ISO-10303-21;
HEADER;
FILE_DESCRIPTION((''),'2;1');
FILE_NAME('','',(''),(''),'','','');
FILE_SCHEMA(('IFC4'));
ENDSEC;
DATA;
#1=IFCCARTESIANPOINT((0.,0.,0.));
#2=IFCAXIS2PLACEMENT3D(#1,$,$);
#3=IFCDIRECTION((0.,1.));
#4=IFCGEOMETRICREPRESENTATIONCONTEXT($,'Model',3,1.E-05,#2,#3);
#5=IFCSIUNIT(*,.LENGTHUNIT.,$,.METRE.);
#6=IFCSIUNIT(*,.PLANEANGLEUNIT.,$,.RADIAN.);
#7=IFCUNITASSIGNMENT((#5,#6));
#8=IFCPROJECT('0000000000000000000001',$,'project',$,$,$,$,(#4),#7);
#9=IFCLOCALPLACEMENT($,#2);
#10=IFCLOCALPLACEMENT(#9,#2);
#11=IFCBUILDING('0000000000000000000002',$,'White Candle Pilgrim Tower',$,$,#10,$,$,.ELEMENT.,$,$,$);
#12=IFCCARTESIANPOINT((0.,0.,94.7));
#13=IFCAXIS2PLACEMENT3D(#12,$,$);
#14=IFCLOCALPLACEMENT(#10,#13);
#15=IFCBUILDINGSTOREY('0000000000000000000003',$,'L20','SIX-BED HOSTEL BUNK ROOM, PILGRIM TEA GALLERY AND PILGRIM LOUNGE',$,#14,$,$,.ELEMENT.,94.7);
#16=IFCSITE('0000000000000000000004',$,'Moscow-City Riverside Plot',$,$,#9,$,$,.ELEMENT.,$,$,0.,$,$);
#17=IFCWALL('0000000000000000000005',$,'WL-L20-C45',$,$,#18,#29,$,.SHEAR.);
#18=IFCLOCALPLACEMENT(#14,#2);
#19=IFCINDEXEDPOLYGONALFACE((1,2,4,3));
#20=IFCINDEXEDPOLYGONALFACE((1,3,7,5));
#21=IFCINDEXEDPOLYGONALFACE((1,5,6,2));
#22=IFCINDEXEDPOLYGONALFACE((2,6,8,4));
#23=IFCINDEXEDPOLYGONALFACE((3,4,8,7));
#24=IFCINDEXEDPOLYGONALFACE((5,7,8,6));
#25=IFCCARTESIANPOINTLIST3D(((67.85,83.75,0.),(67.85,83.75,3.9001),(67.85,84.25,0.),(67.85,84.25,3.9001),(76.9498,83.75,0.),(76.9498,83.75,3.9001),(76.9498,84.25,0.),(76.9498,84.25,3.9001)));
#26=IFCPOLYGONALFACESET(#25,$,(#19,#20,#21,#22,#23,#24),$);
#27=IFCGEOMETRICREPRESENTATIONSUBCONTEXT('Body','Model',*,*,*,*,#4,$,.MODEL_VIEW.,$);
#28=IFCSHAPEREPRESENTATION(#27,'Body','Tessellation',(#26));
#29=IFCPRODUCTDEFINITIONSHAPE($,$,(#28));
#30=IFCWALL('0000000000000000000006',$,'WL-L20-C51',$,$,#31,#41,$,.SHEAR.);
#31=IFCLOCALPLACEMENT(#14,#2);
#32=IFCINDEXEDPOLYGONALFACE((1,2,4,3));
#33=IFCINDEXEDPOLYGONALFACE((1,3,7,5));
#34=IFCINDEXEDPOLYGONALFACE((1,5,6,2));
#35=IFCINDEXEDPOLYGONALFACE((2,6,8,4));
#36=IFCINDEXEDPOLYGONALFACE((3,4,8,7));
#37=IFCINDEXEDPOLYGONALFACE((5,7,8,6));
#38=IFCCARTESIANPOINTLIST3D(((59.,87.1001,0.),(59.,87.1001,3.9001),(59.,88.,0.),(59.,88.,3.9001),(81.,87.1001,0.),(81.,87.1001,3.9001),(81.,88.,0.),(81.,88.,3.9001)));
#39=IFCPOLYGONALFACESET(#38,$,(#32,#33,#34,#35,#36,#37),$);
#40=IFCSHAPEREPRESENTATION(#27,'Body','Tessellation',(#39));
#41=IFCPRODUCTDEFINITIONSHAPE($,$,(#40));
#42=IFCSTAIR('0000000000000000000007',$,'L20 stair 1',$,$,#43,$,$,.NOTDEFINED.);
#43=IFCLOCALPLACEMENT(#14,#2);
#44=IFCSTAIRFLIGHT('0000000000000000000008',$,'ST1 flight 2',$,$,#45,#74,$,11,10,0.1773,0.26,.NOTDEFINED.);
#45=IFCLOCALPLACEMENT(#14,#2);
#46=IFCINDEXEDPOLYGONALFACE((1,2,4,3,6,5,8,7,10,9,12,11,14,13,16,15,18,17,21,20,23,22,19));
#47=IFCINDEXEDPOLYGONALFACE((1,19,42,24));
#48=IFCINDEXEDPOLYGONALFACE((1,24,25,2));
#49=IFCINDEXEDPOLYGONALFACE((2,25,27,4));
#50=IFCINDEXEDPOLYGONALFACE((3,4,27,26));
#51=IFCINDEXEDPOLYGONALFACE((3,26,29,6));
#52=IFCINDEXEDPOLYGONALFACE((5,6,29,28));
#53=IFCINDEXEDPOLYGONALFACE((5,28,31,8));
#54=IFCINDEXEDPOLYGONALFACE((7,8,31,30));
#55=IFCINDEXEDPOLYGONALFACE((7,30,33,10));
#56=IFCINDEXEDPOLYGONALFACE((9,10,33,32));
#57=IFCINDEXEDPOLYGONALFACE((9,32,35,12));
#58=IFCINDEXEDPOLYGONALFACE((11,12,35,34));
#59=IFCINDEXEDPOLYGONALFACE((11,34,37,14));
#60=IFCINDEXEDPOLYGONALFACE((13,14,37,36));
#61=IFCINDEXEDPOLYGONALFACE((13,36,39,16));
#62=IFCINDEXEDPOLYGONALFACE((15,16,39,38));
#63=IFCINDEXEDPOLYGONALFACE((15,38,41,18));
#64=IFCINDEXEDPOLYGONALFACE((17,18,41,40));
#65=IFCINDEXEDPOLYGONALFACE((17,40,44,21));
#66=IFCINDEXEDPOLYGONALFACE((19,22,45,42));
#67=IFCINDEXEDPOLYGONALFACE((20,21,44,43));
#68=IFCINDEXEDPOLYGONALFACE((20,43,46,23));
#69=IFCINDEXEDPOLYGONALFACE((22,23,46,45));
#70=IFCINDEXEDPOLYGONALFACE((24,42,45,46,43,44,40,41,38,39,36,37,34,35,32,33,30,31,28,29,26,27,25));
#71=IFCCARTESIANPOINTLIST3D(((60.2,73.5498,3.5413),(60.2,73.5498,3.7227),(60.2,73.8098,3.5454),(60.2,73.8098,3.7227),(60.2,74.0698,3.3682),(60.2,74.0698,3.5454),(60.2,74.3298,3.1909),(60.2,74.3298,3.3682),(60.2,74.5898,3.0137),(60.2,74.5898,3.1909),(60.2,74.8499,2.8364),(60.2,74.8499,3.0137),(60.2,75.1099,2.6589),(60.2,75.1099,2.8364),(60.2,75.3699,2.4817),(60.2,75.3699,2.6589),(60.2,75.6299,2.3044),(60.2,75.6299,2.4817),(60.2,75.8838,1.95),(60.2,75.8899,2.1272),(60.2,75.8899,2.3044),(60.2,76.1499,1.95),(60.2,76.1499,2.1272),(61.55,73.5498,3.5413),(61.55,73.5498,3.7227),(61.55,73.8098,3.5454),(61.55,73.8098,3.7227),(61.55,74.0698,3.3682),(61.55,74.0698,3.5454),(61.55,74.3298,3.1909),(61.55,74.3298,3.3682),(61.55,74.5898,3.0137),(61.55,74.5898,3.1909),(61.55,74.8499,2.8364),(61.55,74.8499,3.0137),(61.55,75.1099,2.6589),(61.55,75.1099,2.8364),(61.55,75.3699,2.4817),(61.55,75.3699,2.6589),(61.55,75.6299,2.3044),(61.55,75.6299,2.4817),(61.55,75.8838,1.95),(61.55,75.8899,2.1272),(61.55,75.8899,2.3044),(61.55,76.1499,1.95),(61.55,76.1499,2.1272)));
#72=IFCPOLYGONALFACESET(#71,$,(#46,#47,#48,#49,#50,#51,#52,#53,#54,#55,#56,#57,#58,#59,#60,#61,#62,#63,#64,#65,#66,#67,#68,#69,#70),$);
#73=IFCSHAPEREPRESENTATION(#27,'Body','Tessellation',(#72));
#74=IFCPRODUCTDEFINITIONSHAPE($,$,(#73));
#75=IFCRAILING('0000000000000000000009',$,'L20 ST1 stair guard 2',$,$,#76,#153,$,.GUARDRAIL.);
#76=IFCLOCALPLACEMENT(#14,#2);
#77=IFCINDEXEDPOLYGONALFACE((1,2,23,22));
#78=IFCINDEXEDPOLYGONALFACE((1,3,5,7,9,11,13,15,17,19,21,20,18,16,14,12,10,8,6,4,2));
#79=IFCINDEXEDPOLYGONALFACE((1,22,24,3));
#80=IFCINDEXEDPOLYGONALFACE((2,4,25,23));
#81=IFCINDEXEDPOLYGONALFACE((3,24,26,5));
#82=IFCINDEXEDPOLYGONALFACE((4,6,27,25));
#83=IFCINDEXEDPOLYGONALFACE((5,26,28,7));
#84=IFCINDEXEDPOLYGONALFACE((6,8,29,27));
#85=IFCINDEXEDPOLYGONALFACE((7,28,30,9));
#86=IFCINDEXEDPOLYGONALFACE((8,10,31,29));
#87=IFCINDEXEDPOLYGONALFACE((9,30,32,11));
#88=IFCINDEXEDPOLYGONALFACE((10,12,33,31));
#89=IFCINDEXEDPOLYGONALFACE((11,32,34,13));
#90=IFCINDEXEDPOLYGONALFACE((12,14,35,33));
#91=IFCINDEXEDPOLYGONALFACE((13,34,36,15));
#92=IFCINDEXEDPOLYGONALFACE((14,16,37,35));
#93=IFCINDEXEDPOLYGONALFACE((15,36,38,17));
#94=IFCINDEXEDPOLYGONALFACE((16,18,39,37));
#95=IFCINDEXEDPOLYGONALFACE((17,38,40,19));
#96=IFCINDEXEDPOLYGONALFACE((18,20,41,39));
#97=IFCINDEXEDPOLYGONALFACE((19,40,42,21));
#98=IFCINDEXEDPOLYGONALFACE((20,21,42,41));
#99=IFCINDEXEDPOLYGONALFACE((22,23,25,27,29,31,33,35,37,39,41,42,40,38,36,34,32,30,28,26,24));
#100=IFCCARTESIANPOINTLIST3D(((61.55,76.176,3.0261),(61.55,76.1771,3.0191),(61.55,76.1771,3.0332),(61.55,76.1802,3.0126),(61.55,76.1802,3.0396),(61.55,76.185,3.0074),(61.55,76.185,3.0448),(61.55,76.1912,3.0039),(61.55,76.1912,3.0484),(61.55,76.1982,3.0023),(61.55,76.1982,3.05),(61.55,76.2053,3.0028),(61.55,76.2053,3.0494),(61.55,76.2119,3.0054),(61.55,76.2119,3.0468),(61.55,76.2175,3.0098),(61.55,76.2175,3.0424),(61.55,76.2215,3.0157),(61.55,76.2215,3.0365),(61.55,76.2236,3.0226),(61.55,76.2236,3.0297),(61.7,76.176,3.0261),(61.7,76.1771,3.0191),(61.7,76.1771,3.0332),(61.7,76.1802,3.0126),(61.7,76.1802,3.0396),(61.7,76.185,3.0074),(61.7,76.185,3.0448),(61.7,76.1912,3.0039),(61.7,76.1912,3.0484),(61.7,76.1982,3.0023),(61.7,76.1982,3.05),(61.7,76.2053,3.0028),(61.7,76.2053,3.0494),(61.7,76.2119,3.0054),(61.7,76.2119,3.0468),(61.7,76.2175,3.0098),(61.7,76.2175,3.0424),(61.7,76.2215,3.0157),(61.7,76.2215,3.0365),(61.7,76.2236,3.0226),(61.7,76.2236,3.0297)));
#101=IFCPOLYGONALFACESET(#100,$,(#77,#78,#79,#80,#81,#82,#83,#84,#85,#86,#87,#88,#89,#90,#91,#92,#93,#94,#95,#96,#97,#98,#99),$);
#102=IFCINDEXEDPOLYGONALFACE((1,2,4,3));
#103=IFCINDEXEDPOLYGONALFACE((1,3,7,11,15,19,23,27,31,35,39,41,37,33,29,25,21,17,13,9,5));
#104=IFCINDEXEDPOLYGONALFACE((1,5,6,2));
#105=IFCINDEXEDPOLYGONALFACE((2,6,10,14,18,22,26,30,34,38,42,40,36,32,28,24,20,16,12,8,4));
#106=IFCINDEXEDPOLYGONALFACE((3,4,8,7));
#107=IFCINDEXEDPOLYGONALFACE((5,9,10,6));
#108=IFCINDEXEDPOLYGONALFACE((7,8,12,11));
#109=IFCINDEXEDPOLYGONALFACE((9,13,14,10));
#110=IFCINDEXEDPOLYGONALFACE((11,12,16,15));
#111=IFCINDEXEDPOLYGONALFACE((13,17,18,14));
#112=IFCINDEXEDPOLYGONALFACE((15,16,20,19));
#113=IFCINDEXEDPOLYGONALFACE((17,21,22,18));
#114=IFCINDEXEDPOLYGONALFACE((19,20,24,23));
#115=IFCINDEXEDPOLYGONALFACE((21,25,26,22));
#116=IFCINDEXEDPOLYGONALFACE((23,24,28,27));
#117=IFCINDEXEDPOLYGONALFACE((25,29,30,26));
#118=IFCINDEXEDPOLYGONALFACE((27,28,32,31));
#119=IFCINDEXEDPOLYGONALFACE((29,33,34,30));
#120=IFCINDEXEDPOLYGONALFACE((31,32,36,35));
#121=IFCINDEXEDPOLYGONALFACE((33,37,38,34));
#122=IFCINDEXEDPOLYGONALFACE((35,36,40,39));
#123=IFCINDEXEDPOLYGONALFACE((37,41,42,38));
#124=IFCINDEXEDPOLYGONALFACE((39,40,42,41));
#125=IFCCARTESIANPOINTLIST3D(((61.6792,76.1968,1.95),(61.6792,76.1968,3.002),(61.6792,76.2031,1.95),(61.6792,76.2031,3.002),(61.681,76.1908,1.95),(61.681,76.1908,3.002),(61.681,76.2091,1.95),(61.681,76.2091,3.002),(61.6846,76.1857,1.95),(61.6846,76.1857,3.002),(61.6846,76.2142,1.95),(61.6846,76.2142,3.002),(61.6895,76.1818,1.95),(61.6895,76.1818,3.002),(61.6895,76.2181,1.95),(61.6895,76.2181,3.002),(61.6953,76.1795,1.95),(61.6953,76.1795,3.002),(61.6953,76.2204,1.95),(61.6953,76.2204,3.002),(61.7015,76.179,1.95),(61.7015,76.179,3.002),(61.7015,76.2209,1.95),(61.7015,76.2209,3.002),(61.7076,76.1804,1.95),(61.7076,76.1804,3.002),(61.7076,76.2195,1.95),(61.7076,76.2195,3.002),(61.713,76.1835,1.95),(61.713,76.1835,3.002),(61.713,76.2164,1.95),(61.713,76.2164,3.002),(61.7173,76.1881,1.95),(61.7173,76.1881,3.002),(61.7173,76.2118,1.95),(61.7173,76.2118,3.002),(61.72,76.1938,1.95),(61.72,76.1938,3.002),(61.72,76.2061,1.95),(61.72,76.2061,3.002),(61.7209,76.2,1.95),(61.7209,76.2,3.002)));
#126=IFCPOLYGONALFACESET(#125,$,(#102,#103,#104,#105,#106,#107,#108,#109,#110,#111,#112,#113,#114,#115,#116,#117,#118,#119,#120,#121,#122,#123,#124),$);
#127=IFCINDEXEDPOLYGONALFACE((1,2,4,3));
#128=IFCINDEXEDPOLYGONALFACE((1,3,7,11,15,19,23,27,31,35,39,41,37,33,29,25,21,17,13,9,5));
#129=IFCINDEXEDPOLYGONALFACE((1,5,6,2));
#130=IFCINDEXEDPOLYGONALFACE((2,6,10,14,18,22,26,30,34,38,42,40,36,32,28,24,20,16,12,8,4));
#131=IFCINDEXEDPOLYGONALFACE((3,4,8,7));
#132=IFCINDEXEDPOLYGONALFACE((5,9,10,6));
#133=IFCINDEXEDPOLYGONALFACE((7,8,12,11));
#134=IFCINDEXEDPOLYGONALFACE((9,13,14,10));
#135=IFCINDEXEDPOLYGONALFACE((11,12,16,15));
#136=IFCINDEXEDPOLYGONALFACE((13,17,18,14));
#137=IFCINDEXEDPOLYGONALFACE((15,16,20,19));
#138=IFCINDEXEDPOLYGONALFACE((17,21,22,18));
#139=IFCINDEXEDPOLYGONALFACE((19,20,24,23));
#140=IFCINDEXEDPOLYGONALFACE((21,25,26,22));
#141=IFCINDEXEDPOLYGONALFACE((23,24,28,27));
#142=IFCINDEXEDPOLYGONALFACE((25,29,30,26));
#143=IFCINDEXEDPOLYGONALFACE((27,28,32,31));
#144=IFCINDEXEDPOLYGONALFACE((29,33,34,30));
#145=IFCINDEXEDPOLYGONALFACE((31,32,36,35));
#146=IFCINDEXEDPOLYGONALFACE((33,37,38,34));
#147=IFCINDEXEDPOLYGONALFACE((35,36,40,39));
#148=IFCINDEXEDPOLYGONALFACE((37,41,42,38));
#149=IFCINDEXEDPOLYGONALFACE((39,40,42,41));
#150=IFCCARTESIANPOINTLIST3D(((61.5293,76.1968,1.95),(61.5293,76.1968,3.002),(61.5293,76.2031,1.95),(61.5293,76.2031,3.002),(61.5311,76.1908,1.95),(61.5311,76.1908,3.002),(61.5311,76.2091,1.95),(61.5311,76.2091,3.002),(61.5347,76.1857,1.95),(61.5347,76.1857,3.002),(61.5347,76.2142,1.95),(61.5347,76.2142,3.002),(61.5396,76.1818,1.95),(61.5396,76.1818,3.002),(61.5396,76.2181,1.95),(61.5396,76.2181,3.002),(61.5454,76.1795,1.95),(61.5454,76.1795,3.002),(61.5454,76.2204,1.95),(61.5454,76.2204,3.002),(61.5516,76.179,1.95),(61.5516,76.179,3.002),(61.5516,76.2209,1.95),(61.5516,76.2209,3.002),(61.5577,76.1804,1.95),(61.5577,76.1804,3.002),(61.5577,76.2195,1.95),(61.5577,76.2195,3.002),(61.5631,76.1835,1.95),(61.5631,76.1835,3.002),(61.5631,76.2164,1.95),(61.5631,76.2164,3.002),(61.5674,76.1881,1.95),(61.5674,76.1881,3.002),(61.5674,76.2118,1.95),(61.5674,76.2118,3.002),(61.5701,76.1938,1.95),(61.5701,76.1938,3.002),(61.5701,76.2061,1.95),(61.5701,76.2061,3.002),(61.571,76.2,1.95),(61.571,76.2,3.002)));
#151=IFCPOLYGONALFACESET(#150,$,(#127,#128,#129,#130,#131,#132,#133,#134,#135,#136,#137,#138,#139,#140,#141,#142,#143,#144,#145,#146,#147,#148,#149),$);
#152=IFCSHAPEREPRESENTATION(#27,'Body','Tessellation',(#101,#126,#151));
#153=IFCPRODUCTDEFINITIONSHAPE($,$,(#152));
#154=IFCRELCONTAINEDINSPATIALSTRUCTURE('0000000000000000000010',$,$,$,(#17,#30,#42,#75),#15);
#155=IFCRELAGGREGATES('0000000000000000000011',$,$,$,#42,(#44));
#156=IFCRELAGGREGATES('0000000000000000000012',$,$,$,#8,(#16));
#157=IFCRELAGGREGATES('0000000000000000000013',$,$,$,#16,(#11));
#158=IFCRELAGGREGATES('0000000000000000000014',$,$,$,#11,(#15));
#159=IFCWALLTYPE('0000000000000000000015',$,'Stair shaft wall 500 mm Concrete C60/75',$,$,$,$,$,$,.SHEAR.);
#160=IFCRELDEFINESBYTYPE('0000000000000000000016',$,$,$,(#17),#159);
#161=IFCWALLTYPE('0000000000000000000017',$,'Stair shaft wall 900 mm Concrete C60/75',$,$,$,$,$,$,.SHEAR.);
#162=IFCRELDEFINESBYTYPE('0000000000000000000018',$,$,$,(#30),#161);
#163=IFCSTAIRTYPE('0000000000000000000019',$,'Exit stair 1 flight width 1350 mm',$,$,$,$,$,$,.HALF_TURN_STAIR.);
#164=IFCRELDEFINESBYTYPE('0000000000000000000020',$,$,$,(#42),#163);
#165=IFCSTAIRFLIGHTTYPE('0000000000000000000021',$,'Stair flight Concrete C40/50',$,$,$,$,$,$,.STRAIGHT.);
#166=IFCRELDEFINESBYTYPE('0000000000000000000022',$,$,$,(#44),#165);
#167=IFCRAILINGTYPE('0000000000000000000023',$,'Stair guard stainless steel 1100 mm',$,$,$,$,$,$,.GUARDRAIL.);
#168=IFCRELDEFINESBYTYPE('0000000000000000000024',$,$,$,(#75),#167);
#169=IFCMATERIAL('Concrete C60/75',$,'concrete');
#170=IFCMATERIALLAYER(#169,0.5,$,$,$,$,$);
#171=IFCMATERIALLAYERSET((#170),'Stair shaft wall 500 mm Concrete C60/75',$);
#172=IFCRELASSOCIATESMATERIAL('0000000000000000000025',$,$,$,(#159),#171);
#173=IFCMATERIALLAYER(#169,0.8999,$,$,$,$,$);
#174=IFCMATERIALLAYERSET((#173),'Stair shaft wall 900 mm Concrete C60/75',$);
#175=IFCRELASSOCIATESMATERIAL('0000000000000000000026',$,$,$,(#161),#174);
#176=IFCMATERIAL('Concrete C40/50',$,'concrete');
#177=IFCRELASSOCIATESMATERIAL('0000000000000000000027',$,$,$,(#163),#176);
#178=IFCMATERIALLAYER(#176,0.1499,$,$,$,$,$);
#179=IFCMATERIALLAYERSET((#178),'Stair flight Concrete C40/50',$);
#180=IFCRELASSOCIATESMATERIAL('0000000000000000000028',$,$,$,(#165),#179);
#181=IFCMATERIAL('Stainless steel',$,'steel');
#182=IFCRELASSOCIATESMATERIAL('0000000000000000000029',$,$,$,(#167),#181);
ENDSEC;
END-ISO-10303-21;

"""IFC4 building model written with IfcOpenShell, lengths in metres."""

from ifc_helpers import new_model, si_unit, direction, frame, frame_2d, origin, origin_2d, place, context, subcontext, project, spatial, polyline, rectangle, circle, outline, extrude, material, layer, layer_set, type_object, element, aggregate, save


model = new_model("IFC4")

# Units and contexts
model_context = context("Model", 3, precision=1e-05, world=origin(), true_north=direction((0.0, 1.0)))
body_context = subcontext(model_context, "Body", "Model", "MODEL_VIEW")
ifc_project = project(units=[si_unit("LENGTHUNIT", "METRE"), si_unit("PLANEANGLEUNIT", "RADIAN")], contexts=[model_context])

# Site, building, storey
site_placement = place(None, origin())
site = spatial("IfcSite", under=ifc_project, at=site_placement, Name="Moscow-City Riverside Plot", CompositionType="ELEMENT", RefElevation=0.0)
building_placement = place(site_placement, origin())
building = spatial("IfcBuilding", under=site, at=building_placement, Name="White Candle Pilgrim Tower", CompositionType="ELEMENT")
storey_placement = place(building_placement, frame((0.0, 0.0, 94.7)))
storey = spatial("IfcBuildingStorey", under=building, at=storey_placement, Name="L20", Description="SIX-BED HOSTEL BUNK ROOM, PILGRIM TEA GALLERY AND PILGRIM LOUNGE", CompositionType="ELEMENT", Elevation=94.7)

# Shared definitions
ifc_material_1 = material(Name="Concrete C60/75", Category="concrete")

# Walls
ifc_layer_1 = layer(ifc_material_1, 0.5)
ifc_layer_set_1 = layer_set([ifc_layer_1], Name="Stair shaft wall 500 mm Concrete C60/75")
wall_type_1 = type_object("IfcWallType", Name="Stair shaft wall 500 mm Concrete C60/75", PredefinedType="SHEAR", material=ifc_layer_set_1)
wall_1_placement = place(storey_placement, frame((67.8501, 84.0, 0.0), z_axis=(0.0, 0.0, 1.0), x_axis=(1.0, 0.0, 0.0)))
element("IfcWall", 1, at=wall_1_placement, inside=storey, type_object=wall_type_1, Name="WL-L20-C45", PredefinedType="SHEAR", context=body_context, shape_type="SweptSolid", body=[
    extrude(rectangle(XDim=9.0999, YDim=0.5, at=frame_2d((4.5498, 0.0))), origin(), (0.0, 0.0, 1.0), 3.9001),
])
ifc_layer_2 = layer(ifc_material_1, 0.8999)
ifc_layer_set_2 = layer_set([ifc_layer_2], Name="Stair shaft wall 900 mm Concrete C60/75")
wall_type_2 = type_object("IfcWallType", Name="Stair shaft wall 900 mm Concrete C60/75", PredefinedType="SHEAR", material=ifc_layer_set_2)
wall_2_placement = place(storey_placement, frame((59.0, 87.55, 0.0), z_axis=(0.0, 0.0, 1.0), x_axis=(1.0, 0.0, 0.0)))
element("IfcWall", 2, at=wall_2_placement, inside=storey, type_object=wall_type_2, Name="WL-L20-C51", PredefinedType="SHEAR", context=body_context, shape_type="SweptSolid", body=[
    extrude(rectangle(XDim=22.0, YDim=0.8999, at=frame_2d((11.0, 0.0))), origin(), (0.0, 0.0, 1.0), 3.9001),
])

# Stair, stair flight
ifc_material_2 = material(Name="Concrete C40/50", Category="concrete")
stair_type = type_object("IfcStairType", Name="Exit stair 1 flight width 1350 mm", PredefinedType="HALF_TURN_STAIR", material=ifc_material_2)
stair_placement = place(storey_placement, origin())
stair = element("IfcStair", 3, at=stair_placement, inside=storey, type_object=stair_type, Name="L20 stair 1", PredefinedType="NOTDEFINED")
ifc_layer_3 = layer(ifc_material_2, 0.1499)
ifc_layer_set_3 = layer_set([ifc_layer_3], Name="Stair flight Concrete C40/50")
stair_flight_type = type_object("IfcStairFlightType", Name="Stair flight Concrete C40/50", PredefinedType="STRAIGHT", material=ifc_layer_set_3)
stair_flight_placement = place(storey_placement, frame((60.875, 76.1499, 1.95), z_axis=(0.0, 0.0, 1.0), x_axis=(0.0, -1.0, 0.0)))
stair_flight = element("IfcStairFlight", 4, at=stair_flight_placement, type_object=stair_flight_type, Name="ST1 flight 2", NumberOfRisers=11, NumberOfTreads=10, PredefinedType="NOTDEFINED", RiserHeight=0.1773, TreadLength=0.26, context=body_context, shape_type="SweptSolid", body=[
    extrude(outline(polyline([(0.0, 0.0), (0.0, 0.1772), (0.26, 0.1772), (0.26, 0.3545), (0.52, 0.3545), (0.52, 0.5317), (0.78, 0.5317), (0.78, 0.709), (1.04, 0.709), (1.04, 0.8865), (1.3, 0.8865), (1.3, 1.0637), (1.5601, 1.0637), (1.5601, 1.241), (1.8201, 1.241), (1.8201, 1.4182), (2.0801, 1.4182), (2.0801, 1.5955), (2.3401, 1.5955), (2.3401, 1.7727), (2.6001, 1.7727), (2.6001, 1.95), (2.6001, 1.5913), (0.2661, 0.0), (0.0, 0.0)])), frame((0.0, 0.675, 0.0), z_axis=(0.0, -1.0, 0.0), x_axis=(1.0, 0.0, 0.0)), (0.0, 0.0, 1.0), 1.3501),
])
aggregate(stair, [stair_flight])

# Railing
ifc_material_3 = material(Name="Stainless steel", Category="steel")
railing_type_1 = type_object("IfcRailingType", Name="Stair guard stainless steel 1100 mm", PredefinedType="GUARDRAIL", material=ifc_material_3)
railing_1_placement = place(storey_placement, frame((61.7, 76.2, 1.95)))
element("IfcRailing", 5, at=railing_1_placement, inside=storey, type_object=railing_type_1, Name="L20 ST1 stair guard 2", PredefinedType="GUARDRAIL", context=body_context, shape_type="SweptSolid", body=[
    extrude(circle(Radius=0.0239, at=origin_2d()), frame((0.0, 0.0, 1.0762), z_axis=(-1.0, 0.0, 0.0), x_axis=(0.0, -1.0, 0.0)), (0.0, 0.0, 1.0), 0.1499),
    extrude(circle(Radius=0.021, at=origin_2d()), origin(), (0.0, 0.0, 1.0), 1.052),
    extrude(circle(Radius=0.021, at=origin_2d()), frame((-0.1499, 0.0, 0.0)), (0.0, 0.0, 1.0), 1.052),
])

save(model, "model.ifc")
